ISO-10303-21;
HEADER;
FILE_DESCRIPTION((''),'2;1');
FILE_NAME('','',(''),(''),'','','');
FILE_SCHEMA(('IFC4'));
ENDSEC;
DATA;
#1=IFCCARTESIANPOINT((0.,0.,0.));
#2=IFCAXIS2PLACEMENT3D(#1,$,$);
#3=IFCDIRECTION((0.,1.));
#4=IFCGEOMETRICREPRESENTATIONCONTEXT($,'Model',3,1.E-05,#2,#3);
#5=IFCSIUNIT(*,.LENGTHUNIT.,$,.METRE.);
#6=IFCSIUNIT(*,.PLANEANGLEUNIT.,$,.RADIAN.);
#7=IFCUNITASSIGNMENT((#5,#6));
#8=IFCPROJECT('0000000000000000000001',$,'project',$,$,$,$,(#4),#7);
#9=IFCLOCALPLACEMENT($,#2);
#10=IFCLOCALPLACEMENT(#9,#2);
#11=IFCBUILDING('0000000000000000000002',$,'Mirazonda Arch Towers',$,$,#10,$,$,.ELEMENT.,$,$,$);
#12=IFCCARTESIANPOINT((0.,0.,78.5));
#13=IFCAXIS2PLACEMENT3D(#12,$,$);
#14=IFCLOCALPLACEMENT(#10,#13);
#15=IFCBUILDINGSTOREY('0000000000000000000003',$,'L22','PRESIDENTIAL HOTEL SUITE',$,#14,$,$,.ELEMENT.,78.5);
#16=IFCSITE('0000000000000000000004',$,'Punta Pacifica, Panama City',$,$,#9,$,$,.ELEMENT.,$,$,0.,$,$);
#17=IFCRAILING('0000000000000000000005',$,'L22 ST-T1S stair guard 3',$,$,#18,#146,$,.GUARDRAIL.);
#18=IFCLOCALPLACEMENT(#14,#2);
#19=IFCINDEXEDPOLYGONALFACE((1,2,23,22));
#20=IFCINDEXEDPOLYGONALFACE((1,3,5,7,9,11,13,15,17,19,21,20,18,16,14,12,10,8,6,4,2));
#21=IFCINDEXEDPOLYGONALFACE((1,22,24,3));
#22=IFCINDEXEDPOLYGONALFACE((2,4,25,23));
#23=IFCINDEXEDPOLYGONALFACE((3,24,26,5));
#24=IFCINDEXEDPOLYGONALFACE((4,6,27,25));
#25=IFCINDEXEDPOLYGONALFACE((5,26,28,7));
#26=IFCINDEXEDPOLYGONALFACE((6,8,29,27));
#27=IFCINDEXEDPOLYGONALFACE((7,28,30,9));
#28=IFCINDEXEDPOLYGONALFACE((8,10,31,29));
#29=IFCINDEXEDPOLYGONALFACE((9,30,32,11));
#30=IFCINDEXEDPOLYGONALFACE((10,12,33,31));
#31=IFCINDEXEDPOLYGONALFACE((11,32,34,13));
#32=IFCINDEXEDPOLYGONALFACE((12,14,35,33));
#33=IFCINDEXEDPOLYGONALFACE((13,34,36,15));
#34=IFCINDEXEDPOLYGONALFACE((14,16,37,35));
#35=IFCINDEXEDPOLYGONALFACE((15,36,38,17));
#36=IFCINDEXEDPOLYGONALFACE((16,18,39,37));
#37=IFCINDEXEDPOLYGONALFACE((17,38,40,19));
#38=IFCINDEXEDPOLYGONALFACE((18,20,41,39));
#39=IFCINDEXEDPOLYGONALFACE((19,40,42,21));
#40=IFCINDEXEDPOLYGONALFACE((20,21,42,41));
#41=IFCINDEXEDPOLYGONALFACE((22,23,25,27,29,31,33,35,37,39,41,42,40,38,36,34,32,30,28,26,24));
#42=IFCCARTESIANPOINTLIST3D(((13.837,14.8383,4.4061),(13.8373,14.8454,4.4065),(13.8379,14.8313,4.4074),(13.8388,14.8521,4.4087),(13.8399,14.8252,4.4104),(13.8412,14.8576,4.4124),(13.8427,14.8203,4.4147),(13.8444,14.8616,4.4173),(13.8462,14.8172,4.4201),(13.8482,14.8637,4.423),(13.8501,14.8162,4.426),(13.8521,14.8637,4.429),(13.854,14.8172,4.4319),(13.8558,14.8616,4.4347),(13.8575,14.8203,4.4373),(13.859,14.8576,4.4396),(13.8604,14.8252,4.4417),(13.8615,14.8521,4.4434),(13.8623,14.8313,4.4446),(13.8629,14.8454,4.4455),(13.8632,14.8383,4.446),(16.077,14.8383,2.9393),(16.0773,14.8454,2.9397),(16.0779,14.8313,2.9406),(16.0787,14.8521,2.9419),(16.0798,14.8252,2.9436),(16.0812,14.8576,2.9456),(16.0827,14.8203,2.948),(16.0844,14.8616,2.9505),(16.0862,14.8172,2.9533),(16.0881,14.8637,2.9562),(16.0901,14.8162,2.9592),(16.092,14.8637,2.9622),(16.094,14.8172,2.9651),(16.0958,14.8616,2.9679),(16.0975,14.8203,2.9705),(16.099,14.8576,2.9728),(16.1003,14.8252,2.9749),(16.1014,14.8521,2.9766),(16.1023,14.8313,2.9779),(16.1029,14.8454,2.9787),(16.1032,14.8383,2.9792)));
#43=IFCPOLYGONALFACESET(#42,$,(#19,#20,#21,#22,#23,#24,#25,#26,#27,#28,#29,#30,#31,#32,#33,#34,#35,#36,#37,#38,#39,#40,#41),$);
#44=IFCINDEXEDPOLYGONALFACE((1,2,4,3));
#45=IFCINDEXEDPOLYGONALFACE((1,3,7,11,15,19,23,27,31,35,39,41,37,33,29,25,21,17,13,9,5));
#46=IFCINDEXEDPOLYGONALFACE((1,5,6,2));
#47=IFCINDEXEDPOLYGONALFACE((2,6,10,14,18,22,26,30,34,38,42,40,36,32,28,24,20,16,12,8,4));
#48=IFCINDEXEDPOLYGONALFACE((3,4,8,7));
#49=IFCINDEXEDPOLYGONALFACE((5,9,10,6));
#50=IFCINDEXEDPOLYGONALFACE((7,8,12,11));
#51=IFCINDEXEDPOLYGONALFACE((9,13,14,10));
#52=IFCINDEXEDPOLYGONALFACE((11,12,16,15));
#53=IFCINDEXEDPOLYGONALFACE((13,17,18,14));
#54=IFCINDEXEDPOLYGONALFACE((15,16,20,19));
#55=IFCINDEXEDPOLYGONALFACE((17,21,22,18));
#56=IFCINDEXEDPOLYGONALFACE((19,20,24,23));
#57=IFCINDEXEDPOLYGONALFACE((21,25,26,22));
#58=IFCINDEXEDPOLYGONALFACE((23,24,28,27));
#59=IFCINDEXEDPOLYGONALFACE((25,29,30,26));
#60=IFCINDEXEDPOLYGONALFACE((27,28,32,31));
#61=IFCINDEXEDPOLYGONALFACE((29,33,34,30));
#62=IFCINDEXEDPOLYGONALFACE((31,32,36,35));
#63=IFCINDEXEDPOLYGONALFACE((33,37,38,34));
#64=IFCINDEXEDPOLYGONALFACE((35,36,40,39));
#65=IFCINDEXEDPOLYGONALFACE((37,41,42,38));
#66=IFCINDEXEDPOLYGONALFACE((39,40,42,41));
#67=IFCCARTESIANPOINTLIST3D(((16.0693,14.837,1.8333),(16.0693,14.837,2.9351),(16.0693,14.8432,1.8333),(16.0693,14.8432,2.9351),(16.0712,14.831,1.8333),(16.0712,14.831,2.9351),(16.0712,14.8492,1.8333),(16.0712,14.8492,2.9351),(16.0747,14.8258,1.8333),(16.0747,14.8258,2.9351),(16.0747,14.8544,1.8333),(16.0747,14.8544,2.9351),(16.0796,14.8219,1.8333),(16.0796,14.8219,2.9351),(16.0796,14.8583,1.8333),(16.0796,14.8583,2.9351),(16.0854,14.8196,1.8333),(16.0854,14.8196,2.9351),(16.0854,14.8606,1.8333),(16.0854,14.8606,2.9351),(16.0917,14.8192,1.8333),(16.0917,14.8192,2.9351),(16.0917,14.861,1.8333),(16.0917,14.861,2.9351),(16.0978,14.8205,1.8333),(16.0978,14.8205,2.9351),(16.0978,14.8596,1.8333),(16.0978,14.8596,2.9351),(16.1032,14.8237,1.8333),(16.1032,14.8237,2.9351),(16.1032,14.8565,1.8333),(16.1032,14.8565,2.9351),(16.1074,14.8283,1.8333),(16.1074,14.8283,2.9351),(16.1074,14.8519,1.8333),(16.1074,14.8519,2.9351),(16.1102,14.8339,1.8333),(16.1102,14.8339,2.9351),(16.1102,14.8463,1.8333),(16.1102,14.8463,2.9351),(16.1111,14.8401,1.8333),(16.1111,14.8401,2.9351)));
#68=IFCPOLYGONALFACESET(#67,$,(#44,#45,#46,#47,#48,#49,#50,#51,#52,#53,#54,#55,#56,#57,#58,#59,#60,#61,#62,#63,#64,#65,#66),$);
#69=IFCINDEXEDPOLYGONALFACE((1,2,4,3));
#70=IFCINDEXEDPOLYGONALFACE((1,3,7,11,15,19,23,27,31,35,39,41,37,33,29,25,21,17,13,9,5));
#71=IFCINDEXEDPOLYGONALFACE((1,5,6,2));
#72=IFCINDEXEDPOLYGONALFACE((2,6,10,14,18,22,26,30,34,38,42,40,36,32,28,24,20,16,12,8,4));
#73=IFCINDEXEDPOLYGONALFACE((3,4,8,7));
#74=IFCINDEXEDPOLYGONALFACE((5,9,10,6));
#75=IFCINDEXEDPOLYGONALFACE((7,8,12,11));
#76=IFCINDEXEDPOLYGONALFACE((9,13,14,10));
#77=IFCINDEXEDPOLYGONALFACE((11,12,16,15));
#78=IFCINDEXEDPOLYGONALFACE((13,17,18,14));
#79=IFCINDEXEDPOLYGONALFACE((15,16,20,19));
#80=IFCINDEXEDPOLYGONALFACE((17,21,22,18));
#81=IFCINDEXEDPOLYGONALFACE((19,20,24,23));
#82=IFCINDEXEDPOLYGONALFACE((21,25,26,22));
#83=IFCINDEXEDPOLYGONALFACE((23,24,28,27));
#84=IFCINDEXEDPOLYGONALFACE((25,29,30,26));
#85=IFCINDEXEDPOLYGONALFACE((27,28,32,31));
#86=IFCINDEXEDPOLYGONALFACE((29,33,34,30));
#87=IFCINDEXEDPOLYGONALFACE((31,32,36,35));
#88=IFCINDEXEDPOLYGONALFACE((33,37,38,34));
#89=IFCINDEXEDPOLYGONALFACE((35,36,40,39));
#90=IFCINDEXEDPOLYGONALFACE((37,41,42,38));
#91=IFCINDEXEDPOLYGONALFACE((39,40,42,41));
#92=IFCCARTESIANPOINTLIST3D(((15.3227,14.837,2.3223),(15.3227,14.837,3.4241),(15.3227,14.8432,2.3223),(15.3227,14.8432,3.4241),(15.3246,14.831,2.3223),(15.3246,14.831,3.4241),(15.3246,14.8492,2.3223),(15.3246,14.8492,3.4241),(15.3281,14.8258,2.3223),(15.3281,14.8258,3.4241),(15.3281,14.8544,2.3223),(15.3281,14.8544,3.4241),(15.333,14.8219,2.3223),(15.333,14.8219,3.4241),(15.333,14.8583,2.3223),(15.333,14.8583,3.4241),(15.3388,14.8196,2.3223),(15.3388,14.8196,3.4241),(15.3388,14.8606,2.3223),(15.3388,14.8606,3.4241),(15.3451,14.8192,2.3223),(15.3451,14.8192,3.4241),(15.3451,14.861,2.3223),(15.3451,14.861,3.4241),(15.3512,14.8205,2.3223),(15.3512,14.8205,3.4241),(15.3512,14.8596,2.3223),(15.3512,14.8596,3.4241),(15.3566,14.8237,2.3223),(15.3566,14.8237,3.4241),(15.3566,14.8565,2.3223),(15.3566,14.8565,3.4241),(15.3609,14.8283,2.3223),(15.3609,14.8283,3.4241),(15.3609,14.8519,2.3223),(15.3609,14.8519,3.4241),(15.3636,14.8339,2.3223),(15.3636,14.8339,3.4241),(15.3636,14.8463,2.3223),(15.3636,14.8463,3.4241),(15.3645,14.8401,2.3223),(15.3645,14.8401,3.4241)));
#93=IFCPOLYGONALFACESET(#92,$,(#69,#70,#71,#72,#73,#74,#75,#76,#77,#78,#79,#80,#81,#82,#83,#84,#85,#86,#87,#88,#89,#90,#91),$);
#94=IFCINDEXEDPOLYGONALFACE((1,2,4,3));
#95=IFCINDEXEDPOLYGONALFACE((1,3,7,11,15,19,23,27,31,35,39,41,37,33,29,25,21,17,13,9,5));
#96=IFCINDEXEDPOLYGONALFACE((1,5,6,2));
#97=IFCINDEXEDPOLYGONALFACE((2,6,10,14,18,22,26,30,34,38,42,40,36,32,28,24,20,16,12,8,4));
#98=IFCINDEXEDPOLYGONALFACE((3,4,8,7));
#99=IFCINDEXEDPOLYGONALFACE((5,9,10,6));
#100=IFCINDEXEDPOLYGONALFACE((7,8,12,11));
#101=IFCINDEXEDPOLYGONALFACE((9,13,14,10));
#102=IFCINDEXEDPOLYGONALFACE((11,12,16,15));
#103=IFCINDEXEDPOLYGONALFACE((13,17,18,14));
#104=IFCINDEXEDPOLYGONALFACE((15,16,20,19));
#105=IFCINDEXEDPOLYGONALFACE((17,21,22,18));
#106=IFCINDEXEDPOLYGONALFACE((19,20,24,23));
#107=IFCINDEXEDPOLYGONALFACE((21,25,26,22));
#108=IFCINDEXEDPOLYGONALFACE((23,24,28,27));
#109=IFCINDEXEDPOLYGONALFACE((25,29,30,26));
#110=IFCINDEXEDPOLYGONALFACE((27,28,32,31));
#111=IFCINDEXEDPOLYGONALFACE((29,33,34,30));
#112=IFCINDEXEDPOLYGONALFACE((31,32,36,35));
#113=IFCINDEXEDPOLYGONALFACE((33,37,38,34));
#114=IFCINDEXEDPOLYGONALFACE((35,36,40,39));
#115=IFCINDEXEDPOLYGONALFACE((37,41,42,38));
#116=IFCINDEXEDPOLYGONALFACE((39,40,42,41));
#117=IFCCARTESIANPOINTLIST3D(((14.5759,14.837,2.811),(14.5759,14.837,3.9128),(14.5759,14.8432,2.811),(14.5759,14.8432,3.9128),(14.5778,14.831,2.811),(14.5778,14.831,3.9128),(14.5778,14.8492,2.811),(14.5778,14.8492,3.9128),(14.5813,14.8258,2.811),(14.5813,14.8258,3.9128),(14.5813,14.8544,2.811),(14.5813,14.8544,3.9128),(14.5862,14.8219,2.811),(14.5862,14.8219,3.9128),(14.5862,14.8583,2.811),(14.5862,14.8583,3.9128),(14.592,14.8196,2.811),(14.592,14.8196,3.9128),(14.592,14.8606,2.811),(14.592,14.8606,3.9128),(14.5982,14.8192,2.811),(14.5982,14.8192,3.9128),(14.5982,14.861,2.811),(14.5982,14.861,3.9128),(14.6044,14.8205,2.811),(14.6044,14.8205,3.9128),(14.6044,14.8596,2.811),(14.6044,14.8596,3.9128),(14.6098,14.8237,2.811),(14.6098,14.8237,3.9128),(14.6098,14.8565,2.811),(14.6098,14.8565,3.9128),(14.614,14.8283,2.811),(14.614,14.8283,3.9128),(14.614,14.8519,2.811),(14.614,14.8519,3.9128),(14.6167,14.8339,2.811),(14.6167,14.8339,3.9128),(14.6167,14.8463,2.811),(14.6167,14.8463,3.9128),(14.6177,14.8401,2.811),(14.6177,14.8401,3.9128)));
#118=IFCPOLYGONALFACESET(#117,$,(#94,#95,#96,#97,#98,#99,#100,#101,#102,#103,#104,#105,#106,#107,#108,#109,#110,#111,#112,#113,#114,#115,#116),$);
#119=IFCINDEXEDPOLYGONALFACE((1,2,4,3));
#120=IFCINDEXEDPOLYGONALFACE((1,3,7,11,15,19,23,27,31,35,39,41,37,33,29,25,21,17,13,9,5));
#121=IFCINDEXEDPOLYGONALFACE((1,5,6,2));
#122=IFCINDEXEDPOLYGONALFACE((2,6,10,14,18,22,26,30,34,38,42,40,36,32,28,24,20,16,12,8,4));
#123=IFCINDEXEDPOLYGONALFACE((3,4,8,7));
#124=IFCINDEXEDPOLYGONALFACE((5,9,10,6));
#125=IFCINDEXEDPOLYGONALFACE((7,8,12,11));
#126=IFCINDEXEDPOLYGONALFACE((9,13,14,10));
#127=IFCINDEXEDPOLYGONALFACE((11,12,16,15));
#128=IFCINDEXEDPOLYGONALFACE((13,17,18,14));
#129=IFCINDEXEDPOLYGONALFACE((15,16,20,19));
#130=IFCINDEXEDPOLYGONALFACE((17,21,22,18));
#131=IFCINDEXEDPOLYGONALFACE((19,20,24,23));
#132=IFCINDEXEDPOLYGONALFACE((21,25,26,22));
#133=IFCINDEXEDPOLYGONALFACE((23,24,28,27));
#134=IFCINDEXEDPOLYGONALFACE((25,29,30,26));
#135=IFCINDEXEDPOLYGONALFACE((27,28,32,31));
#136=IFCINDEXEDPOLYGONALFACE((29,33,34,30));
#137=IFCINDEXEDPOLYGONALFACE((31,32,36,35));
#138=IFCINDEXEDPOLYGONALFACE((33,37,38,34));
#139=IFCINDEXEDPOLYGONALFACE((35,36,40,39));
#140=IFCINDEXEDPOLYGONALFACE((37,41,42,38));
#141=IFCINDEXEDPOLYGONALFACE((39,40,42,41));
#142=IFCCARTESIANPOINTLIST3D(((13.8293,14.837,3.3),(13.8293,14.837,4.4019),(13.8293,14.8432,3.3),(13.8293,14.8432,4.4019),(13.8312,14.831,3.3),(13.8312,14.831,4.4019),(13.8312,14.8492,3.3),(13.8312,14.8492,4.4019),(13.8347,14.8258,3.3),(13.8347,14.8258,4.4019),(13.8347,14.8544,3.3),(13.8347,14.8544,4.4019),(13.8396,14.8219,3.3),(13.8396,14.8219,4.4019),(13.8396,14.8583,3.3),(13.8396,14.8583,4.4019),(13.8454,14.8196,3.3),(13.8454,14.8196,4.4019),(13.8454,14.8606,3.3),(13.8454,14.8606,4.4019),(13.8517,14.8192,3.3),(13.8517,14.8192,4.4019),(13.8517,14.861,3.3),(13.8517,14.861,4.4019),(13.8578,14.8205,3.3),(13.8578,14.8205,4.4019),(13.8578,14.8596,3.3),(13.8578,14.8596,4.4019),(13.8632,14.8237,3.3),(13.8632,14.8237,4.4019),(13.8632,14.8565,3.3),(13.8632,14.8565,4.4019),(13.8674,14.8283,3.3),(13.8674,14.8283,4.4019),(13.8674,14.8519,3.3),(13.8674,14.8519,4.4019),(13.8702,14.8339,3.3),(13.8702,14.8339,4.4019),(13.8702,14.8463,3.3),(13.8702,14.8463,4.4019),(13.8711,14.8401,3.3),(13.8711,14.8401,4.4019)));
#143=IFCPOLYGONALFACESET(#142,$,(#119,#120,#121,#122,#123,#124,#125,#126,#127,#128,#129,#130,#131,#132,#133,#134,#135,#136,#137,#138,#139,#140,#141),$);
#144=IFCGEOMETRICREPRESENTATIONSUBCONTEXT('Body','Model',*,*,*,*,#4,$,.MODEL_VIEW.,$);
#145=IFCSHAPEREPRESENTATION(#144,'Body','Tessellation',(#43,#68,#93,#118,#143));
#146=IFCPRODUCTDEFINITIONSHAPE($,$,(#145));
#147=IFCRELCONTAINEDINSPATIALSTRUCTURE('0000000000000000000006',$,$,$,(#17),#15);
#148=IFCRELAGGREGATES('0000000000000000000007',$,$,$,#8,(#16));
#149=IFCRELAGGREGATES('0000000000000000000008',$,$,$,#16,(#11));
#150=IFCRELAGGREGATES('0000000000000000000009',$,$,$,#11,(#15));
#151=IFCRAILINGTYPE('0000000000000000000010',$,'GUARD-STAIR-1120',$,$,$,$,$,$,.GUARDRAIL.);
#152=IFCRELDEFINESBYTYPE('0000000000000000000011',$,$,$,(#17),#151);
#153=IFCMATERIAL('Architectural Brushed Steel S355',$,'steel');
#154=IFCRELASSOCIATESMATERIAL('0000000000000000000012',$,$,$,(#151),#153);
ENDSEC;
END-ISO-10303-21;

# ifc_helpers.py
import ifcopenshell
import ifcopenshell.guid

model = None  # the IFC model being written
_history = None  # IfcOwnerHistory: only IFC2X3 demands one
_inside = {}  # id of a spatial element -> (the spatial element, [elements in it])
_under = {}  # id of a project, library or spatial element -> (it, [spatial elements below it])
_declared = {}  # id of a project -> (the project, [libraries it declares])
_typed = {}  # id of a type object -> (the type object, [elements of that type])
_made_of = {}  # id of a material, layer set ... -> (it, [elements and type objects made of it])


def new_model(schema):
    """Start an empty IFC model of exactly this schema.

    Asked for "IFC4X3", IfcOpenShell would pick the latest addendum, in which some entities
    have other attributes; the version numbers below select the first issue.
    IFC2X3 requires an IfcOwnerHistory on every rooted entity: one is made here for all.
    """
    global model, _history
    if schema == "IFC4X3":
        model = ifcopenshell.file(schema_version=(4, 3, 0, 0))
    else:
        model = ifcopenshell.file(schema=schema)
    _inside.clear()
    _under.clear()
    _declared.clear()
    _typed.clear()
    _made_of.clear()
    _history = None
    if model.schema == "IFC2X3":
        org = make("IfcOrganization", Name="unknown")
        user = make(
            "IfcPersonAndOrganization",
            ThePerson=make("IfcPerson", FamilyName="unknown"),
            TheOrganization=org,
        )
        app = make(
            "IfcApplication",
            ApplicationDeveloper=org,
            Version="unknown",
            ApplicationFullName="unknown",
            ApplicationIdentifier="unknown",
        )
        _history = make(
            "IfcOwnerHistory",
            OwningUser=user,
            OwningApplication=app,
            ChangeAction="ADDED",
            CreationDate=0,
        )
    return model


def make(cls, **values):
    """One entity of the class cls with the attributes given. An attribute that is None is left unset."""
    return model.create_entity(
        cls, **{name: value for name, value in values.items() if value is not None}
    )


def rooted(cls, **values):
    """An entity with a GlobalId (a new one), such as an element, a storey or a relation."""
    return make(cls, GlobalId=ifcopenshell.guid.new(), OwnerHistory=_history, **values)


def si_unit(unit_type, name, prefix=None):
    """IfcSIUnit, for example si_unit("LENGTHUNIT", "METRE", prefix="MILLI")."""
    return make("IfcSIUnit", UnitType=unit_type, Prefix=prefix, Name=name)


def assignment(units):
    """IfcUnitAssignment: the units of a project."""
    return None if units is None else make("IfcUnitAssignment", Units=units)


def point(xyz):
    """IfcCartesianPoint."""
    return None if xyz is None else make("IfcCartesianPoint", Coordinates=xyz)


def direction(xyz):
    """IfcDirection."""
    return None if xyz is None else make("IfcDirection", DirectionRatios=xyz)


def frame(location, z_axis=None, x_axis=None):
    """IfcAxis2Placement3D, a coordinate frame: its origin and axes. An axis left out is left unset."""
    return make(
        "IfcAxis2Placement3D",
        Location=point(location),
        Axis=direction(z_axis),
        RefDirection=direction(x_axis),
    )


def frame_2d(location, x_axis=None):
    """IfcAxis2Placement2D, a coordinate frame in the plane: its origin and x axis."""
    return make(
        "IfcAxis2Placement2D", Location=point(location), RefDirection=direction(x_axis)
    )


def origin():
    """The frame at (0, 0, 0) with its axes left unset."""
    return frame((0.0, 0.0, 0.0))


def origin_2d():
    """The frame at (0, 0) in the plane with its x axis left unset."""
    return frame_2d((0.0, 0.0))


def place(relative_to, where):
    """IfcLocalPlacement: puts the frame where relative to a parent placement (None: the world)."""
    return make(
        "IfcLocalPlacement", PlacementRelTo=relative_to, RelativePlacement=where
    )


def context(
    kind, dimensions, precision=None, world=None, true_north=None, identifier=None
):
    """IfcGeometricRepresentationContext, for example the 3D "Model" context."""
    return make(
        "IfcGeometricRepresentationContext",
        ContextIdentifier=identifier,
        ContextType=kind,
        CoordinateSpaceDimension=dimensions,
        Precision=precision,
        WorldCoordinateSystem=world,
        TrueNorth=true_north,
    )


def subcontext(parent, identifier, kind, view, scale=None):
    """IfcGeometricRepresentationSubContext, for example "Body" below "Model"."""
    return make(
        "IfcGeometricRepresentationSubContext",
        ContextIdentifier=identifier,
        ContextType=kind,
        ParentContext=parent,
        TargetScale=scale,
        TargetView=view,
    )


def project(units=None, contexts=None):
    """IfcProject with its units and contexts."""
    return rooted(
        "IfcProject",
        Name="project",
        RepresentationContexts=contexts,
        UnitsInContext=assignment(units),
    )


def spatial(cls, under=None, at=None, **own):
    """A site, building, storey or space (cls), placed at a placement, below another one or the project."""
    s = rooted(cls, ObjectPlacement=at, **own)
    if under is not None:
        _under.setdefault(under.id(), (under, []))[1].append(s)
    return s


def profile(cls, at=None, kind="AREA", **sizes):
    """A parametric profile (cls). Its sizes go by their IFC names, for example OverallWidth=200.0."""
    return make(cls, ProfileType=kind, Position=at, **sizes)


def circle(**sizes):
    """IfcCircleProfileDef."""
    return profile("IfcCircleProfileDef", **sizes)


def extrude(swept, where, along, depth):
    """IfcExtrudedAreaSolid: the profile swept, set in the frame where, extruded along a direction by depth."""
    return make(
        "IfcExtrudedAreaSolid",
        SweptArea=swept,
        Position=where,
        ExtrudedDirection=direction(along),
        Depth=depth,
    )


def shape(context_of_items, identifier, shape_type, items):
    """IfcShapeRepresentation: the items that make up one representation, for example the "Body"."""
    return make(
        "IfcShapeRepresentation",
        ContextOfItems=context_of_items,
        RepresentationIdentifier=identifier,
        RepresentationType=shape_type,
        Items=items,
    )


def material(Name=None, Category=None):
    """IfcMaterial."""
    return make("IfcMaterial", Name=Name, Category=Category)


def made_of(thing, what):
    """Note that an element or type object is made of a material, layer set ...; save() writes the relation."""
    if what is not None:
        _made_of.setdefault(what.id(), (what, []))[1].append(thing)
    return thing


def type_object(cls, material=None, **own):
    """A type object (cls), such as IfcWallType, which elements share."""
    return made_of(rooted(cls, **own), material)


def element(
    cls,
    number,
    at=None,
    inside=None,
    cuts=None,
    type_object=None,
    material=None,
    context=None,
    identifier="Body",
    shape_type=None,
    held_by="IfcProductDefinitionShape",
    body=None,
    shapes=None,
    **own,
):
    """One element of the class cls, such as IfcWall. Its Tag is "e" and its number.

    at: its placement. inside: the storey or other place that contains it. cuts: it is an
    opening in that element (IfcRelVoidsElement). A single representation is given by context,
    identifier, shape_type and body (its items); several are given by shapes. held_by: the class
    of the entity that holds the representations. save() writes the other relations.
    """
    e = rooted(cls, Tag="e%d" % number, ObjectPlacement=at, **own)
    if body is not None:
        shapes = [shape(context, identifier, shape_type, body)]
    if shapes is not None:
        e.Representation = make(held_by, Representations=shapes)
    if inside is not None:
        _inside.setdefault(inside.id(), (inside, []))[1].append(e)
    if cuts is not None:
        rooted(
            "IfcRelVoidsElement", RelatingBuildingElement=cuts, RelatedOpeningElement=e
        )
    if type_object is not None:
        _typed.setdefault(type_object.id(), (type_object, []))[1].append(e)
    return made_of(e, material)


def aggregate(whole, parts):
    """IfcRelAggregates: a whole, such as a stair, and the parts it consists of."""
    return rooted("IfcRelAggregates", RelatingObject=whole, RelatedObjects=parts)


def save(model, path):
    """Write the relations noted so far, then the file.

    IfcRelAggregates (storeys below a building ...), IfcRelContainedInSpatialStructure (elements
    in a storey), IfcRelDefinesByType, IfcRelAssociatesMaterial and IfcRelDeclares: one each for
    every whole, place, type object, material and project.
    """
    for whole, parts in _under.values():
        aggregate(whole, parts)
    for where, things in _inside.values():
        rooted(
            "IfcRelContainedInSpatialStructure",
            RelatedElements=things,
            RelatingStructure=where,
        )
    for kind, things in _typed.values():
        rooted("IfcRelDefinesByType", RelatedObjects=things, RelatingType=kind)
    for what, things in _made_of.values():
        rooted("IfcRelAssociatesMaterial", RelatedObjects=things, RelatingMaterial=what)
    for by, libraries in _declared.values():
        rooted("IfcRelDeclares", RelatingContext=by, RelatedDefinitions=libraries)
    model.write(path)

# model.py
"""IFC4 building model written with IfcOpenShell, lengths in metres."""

from ifc_helpers import new_model, si_unit, direction, frame, origin, origin_2d, place, context, subcontext, project, spatial, circle, extrude, material, type_object, element, save


model = new_model("IFC4")

# Units and contexts
model_context = context("Model", 3, precision=1e-05, world=origin(), true_north=direction((0.0, 1.0)))
body_context = subcontext(model_context, "Body", "Model", "MODEL_VIEW")
ifc_project = project(units=[si_unit("LENGTHUNIT", "METRE"), si_unit("PLANEANGLEUNIT", "RADIAN")], contexts=[model_context])

# Site, building, storey
site_placement = place(None, origin())
site = spatial("IfcSite", under=ifc_project, at=site_placement, Name="Punta Pacifica, Panama City", CompositionType="ELEMENT", RefElevation=0.0)
building_placement = place(site_placement, origin())
building = spatial("IfcBuilding", under=site, at=building_placement, Name="Mirazonda Arch Towers", CompositionType="ELEMENT")
storey_placement = place(building_placement, frame((0.0, 0.0, 78.5)))
storey = spatial("IfcBuildingStorey", under=building, at=storey_placement, Name="L22", Description="PRESIDENTIAL HOTEL SUITE", CompositionType="ELEMENT", Elevation=78.5)

# Shared definitions
ifc_material_1 = material(Name="Architectural Brushed Steel S355", Category="steel")

# Railing
railing_type = type_object("IfcRailingType", Name="GUARD-STAIR-1120", PredefinedType="GUARDRAIL", material=ifc_material_1)
railing_1_placement = place(storey_placement, frame((16.0901, 14.8401, 1.8333)))
element("IfcRailing", 1, at=railing_1_placement, inside=storey, type_object=railing_type, Name="L22 ST-T1S stair guard 3", PredefinedType="GUARDRAIL", context=body_context, shape_type="SweptSolid", body=[
    extrude(circle(Radius=0.0239, at=origin_2d()), frame((0.0, 0.0, 1.126), z_axis=(-0.836595, 0.0, 0.547822), x_axis=(0.0, -1.0, 0.0)), (0.0, 0.0, 1.0), 2.6775),
    extrude(circle(Radius=0.021, at=origin_2d()), origin(), (0.0, 0.0, 1.0), 1.1018),
    extrude(circle(Radius=0.021, at=origin_2d()), frame((-0.7466, 0.0, 0.489)), (0.0, 0.0, 1.0), 1.1018),
    extrude(circle(Radius=0.021, at=origin_2d()), frame((-1.4934, 0.0, 0.9778)), (0.0, 0.0, 1.0), 1.1018),
    extrude(circle(Radius=0.021, at=origin_2d()), frame((-2.24, 0.0, 1.4668)), (0.0, 0.0, 1.0), 1.1018),
])

save(model, "model.ifc")
